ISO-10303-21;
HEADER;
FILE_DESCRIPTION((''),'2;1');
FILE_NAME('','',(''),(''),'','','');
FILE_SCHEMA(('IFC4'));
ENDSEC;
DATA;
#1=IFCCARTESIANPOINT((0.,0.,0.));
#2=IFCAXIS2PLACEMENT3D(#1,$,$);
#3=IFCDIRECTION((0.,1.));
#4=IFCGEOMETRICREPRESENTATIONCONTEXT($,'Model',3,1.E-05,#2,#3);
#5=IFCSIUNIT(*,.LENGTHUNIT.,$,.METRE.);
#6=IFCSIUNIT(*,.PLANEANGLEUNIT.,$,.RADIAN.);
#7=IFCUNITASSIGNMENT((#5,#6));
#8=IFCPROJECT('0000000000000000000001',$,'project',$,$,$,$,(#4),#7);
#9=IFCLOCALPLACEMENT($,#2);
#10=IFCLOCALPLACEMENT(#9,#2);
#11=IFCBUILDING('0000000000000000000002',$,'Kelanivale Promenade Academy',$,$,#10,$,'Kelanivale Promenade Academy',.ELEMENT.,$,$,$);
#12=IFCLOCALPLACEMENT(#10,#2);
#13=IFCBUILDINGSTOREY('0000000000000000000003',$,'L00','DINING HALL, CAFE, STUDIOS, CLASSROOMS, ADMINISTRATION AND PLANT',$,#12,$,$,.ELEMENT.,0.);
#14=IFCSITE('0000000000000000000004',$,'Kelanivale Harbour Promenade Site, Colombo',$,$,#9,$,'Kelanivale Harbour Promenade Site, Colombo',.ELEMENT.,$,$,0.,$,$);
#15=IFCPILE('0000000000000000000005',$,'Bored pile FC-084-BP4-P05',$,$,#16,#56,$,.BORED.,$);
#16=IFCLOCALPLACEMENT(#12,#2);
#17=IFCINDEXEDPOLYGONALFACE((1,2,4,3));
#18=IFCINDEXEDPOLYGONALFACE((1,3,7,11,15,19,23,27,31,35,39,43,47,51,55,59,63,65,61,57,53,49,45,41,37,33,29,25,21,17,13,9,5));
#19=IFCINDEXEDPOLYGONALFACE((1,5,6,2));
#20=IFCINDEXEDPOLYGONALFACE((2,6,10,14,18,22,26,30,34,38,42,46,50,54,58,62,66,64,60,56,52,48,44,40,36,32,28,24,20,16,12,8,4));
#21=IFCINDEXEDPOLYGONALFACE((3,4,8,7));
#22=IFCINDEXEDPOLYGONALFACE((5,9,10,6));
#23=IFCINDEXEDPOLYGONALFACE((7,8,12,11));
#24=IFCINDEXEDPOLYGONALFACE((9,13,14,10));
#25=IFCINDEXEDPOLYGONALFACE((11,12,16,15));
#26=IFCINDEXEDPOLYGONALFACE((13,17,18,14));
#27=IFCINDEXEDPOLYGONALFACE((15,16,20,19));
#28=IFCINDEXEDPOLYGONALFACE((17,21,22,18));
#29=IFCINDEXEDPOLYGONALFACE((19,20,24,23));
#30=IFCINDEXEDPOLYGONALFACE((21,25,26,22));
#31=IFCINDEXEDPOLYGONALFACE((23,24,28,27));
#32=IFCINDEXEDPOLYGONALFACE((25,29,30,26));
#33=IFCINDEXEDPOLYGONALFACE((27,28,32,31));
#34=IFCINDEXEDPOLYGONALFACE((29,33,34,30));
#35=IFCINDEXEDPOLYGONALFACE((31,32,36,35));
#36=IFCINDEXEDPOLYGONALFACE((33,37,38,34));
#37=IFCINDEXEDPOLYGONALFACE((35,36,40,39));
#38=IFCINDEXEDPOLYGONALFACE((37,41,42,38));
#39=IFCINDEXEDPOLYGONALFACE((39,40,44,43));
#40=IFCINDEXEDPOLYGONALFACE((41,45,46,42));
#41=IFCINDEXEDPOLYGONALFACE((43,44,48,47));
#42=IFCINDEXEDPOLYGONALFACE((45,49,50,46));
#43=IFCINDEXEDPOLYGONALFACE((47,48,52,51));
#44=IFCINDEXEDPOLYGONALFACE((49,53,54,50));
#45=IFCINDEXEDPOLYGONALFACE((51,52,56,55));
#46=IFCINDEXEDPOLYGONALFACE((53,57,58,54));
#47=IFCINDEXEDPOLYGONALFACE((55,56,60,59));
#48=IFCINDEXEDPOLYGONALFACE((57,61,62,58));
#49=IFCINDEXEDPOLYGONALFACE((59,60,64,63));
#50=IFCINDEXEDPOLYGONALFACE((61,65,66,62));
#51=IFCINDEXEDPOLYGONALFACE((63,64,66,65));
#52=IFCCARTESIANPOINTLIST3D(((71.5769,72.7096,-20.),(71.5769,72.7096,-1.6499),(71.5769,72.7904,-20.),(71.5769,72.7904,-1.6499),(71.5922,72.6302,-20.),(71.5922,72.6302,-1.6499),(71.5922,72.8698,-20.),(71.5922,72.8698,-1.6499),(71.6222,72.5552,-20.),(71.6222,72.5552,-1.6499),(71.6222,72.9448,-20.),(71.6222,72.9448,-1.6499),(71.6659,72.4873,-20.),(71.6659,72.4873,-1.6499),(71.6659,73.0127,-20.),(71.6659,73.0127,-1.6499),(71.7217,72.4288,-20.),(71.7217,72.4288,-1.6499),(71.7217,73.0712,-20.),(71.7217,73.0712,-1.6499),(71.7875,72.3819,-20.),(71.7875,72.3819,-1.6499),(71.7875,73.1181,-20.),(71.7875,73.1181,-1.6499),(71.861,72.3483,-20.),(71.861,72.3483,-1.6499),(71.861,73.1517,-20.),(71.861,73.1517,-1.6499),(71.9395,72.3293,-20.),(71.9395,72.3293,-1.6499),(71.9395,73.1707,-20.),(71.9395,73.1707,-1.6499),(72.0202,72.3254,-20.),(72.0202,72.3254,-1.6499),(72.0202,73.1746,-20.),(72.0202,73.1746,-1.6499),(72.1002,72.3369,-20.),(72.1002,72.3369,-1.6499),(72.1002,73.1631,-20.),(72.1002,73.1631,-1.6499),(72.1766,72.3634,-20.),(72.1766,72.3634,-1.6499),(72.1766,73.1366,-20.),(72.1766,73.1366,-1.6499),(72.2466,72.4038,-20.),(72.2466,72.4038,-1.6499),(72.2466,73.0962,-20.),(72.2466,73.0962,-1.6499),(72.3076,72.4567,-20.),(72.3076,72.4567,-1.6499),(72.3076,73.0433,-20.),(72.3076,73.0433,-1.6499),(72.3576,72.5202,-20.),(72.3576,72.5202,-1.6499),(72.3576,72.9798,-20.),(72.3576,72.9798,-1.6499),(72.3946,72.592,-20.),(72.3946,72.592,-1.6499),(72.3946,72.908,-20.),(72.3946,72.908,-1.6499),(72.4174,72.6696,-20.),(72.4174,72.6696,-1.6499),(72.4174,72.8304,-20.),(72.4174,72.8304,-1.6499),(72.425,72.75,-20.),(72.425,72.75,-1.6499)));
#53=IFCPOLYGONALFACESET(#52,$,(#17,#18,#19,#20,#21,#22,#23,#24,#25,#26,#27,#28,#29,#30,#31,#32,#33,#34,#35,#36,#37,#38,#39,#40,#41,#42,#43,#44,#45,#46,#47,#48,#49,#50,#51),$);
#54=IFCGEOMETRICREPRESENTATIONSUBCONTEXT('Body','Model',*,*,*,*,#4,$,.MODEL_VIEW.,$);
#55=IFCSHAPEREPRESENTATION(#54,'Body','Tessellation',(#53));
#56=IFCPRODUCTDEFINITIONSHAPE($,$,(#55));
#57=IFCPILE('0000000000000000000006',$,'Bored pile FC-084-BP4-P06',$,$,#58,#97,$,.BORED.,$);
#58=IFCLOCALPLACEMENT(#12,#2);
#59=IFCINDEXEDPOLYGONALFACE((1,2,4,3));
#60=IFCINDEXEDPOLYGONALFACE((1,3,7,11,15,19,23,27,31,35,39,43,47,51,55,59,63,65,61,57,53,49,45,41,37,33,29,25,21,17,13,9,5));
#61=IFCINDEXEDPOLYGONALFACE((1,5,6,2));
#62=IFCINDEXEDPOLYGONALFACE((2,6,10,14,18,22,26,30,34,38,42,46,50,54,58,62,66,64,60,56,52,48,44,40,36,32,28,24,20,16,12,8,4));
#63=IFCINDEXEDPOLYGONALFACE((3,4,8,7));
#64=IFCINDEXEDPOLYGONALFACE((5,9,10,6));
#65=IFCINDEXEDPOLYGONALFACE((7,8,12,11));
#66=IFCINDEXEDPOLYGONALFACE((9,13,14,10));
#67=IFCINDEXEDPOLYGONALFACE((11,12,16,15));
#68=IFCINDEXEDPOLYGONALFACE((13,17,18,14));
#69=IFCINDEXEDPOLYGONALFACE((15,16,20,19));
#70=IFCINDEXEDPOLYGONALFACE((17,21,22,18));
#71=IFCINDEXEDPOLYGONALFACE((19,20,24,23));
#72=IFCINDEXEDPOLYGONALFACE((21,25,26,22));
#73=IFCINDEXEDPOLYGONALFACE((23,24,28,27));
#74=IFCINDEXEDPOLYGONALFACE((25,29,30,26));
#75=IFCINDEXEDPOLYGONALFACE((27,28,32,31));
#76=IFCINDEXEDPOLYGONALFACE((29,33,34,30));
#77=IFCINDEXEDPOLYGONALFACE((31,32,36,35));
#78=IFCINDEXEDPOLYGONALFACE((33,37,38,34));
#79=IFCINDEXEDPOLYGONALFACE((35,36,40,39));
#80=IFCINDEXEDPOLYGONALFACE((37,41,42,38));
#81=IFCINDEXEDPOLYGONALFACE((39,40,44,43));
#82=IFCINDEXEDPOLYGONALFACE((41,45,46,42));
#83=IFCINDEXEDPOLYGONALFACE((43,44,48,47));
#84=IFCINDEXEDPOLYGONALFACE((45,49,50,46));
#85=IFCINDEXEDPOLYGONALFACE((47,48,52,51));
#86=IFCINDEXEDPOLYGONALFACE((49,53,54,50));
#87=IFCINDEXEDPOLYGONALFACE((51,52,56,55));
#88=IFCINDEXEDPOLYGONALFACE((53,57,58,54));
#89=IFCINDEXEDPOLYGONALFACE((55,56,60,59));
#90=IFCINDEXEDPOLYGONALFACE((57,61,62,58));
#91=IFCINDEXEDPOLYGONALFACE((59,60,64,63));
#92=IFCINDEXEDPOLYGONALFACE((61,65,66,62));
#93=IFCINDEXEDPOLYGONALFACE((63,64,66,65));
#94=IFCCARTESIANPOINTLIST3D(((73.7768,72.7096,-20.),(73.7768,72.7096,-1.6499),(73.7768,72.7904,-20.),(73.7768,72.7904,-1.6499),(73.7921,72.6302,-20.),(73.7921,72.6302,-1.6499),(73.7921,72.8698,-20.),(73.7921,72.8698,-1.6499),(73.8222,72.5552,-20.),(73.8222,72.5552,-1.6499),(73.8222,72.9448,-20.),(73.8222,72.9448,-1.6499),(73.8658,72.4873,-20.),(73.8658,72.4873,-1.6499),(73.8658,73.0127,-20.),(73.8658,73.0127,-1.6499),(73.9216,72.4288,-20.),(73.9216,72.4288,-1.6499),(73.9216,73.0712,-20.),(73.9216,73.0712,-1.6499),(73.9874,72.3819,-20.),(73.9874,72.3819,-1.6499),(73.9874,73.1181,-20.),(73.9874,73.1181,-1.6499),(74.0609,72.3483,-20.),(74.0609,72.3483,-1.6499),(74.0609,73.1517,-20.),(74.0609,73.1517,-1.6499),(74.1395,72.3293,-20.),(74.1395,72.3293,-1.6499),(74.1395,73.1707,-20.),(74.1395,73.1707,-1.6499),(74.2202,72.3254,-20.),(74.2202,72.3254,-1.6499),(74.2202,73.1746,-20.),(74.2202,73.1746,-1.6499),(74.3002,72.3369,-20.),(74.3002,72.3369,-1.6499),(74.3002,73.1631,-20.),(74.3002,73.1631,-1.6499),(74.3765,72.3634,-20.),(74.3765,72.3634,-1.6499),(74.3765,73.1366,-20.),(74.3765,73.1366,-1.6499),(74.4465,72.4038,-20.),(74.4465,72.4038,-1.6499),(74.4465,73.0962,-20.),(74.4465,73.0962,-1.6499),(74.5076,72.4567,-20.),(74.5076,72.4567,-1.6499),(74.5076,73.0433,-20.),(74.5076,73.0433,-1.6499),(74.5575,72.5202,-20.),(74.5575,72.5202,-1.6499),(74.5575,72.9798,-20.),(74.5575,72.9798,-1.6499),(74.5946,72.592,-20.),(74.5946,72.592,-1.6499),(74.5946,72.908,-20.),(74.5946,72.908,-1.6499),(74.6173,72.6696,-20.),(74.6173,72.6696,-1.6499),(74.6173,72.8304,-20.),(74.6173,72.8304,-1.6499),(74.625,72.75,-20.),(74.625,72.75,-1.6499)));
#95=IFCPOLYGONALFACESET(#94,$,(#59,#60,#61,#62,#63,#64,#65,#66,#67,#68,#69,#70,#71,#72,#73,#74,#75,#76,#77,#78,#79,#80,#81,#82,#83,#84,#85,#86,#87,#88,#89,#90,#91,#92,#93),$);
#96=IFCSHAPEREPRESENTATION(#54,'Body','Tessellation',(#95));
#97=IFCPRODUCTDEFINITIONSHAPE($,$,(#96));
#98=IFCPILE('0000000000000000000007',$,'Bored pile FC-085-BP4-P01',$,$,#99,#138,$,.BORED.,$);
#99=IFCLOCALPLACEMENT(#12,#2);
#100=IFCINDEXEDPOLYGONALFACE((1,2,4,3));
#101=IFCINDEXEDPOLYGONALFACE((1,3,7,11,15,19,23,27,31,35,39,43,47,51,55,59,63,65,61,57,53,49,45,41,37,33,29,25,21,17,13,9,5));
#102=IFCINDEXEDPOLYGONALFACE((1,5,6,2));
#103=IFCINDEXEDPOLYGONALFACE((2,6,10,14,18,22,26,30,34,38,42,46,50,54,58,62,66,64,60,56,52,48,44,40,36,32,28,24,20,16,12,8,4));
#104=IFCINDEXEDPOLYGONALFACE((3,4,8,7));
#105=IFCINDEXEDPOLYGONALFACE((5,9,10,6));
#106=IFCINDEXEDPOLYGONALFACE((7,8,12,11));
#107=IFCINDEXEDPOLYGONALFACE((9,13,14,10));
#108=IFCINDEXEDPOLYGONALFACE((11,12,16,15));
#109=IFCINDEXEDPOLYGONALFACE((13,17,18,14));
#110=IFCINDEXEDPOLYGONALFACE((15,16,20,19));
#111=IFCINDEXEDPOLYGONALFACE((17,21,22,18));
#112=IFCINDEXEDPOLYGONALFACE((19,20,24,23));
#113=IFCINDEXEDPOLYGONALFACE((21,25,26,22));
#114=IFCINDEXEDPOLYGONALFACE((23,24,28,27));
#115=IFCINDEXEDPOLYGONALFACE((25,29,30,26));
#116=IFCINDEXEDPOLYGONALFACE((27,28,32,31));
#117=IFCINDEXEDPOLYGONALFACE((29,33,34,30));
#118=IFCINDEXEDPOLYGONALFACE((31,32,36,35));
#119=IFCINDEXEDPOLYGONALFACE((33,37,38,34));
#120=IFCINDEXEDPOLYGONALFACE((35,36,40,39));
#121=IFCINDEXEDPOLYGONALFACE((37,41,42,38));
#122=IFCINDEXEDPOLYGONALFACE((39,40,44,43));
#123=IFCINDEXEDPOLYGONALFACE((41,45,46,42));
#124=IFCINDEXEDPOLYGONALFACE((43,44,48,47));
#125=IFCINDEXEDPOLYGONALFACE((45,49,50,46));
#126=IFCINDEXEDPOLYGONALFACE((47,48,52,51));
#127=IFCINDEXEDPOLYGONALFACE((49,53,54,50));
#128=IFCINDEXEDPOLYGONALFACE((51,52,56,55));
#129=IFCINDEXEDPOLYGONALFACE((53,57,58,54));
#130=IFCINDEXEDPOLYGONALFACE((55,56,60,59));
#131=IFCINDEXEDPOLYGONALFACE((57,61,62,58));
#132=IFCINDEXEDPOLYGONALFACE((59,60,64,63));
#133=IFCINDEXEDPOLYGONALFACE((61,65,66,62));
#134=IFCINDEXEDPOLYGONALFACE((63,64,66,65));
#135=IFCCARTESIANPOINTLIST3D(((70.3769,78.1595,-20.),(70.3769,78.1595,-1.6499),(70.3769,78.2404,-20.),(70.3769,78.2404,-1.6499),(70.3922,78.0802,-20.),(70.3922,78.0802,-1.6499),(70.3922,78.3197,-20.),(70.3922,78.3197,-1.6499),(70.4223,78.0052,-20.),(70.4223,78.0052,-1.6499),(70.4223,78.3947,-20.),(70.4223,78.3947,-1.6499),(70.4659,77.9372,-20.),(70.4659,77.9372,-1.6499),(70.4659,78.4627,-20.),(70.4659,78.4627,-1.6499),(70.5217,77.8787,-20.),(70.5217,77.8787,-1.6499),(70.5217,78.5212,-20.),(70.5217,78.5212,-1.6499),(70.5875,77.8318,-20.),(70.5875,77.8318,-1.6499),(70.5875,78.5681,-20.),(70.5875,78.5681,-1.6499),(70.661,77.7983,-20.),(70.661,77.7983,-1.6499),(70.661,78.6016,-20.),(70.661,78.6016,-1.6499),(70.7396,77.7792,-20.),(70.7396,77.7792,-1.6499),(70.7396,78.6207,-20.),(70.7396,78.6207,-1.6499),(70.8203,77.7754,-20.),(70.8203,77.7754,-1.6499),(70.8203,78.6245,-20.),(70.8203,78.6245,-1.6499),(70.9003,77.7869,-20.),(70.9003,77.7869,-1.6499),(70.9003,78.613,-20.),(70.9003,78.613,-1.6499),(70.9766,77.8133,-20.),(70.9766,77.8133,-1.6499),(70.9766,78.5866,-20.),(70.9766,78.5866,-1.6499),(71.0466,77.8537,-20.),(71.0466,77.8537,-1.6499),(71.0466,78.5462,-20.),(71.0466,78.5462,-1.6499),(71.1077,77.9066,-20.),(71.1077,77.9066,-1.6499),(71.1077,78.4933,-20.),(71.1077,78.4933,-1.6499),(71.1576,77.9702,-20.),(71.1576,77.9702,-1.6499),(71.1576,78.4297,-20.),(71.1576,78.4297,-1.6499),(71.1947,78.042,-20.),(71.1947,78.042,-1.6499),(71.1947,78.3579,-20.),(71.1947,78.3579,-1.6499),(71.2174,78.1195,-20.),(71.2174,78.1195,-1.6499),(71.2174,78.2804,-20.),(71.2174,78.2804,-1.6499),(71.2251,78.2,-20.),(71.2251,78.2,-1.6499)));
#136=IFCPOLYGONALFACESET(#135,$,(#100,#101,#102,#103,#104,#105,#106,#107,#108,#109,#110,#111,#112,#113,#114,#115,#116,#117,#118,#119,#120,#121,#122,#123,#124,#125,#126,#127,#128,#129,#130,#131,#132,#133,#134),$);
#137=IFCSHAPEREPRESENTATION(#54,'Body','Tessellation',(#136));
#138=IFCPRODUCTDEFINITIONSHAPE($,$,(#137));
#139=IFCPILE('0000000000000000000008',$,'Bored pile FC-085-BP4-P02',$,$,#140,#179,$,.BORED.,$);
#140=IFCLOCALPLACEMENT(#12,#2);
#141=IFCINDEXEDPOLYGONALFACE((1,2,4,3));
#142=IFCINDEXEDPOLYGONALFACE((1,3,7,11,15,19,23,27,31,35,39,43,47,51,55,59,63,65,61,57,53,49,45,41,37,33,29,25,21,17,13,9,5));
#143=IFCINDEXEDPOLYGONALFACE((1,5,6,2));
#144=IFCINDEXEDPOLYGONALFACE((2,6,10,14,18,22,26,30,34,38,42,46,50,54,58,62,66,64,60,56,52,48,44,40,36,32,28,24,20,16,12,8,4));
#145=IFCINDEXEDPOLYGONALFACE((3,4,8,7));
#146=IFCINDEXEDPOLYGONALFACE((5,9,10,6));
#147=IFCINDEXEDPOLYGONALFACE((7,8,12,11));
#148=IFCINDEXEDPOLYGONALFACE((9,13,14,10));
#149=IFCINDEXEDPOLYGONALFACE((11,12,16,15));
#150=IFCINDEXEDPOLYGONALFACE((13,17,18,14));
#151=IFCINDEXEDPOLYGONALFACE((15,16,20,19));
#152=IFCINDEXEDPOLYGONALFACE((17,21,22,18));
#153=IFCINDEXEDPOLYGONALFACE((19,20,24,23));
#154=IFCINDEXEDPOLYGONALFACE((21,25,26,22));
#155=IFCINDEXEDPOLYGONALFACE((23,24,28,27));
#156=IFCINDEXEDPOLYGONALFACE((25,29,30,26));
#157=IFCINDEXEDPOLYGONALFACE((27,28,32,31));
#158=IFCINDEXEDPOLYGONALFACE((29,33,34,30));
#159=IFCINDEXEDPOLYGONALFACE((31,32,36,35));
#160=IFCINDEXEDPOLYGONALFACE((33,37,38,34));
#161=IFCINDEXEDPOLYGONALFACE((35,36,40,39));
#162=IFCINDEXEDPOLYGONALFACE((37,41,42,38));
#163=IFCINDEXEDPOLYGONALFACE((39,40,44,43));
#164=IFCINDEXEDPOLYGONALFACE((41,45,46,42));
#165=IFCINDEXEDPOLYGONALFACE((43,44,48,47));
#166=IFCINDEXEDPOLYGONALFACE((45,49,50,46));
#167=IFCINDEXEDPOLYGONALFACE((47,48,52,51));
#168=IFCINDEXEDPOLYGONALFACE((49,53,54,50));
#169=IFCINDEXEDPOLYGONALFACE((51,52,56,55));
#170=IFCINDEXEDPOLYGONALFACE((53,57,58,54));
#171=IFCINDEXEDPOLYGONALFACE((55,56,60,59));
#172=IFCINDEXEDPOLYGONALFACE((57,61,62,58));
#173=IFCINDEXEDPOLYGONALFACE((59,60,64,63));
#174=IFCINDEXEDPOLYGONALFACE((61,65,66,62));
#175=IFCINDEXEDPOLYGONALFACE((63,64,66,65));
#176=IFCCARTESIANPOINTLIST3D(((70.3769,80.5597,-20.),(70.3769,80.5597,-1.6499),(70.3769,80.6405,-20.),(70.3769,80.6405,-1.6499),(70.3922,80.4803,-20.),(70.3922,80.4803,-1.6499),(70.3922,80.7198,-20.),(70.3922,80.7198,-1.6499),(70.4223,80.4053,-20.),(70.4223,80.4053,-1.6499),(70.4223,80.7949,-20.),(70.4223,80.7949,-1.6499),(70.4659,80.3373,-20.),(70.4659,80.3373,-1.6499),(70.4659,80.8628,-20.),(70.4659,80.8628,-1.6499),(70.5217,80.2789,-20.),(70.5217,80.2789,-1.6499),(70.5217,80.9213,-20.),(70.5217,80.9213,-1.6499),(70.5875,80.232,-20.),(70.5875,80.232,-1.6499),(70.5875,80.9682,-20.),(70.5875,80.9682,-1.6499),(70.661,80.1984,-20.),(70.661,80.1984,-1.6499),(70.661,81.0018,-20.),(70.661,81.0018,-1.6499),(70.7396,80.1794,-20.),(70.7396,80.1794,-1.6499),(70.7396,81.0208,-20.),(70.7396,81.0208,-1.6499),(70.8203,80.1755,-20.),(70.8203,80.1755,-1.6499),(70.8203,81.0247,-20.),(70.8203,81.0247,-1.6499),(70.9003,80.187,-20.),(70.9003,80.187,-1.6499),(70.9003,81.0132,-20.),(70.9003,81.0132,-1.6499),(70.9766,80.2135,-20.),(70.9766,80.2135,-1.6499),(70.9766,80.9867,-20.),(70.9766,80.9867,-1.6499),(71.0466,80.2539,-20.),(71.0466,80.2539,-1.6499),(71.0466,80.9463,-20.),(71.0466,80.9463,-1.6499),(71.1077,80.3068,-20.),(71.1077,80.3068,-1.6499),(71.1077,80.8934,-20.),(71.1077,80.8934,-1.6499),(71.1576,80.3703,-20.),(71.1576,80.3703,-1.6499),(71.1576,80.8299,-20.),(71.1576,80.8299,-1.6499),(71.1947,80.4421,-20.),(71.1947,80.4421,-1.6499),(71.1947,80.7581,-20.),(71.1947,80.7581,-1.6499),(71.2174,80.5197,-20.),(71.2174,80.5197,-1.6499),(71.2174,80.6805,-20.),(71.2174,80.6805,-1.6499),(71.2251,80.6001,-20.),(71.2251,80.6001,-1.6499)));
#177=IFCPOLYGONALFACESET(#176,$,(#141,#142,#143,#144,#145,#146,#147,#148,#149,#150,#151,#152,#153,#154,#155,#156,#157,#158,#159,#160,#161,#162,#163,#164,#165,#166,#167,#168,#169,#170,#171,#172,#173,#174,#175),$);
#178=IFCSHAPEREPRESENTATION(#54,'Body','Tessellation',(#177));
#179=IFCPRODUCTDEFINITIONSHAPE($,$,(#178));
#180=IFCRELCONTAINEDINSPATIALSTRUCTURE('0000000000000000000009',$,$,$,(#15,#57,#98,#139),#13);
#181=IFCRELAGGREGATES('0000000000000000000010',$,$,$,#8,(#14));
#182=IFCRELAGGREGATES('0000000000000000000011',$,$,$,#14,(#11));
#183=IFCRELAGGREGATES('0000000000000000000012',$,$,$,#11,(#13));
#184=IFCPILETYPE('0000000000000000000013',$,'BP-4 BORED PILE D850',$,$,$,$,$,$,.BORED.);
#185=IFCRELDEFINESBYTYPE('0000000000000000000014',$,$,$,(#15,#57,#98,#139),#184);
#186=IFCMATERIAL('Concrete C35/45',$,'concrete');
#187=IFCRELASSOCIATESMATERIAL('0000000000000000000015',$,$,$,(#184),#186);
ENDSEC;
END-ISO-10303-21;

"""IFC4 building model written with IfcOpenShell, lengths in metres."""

from ifc_helpers import new_model, si_unit, direction, frame, origin, origin_2d, place, context, subcontext, project, spatial, circle, extrude, material, material_profile, profile_set, type_object, element, save


model = new_model("IFC4")

# Units and contexts
model_context = context("Model", 3, precision=1e-05, world=origin(), true_north=direction((0.0, 1.0)))
body_context = subcontext(model_context, "Body", "Model", "MODEL_VIEW")
ifc_project = project(units=[si_unit("LENGTHUNIT", "METRE"), si_unit("PLANEANGLEUNIT", "RADIAN")], contexts=[model_context])

# Site, building, storey
site_placement = place(None, origin())
site = spatial("IfcSite", under=ifc_project, at=site_placement, Name="Kelanivale Harbour Promenade Site, Colombo", LongName="Kelanivale Harbour Promenade Site, Colombo", CompositionType="ELEMENT", RefElevation=0.0)
building_placement = place(site_placement, origin())
building = spatial("IfcBuilding", under=site, at=building_placement, Name="Kelanivale Promenade Academy", LongName="Kelanivale Promenade Academy", CompositionType="ELEMENT")
storey_placement = place(building_placement, origin())
storey = spatial("IfcBuildingStorey", under=building, at=storey_placement, Name="L00", Description="DINING HALL, CAFE, STUDIOS, CLASSROOMS, ADMINISTRATION AND PLANT", CompositionType="ELEMENT", Elevation=0.0)

# Piles
ifc_material_1 = material(Name="Concrete C35/45", Category="concrete")
ifc_material_profile_1 = material_profile(ifc_material_1, circle(Radius=0.425, at=origin_2d()), Name="BORED PILE D850")
ifc_profile_set_1 = profile_set([ifc_material_profile_1], Name="Concrete C35/45")
pile_type = type_object("IfcPileType", Name="BP-4 BORED PILE D850", PredefinedType="BORED", material=ifc_profile_set_1)
for number, where, z_axis, x_axis, name in (
    (1, (72.0, 72.75, -1.6499), (0.0, 0.0, -1.0), (1.0, 0.0, 0.0), "Bored pile FC-084-BP4-P05"),
    (2, (74.2, 72.75, -1.6499), (0.0, 0.0, -1.0), (1.0, 0.0, 0.0), "Bored pile FC-084-BP4-P06"),
    (3, (70.8, 78.2, -1.6499), (0.0, 0.0, -1.0), (1.0, 0.0, 0.0), "Bored pile FC-085-BP4-P01"),
    (4, (70.8, 80.6001, -1.6499), (0.0, 0.0, -1.0), (1.0, 0.0, 0.0), "Bored pile FC-085-BP4-P02"),
):
    element("IfcPile", number, at=place(storey_placement, frame(where, z_axis=z_axis, x_axis=x_axis)), inside=storey, type_object=pile_type, Name=name, PredefinedType="BORED", context=body_context, shape_type="SweptSolid", body=[
        extrude(circle(Radius=0.425, at=origin_2d()), origin(), (0.0, 0.0, 1.0), 18.3501),
    ])

save(model, "model.ifc")
